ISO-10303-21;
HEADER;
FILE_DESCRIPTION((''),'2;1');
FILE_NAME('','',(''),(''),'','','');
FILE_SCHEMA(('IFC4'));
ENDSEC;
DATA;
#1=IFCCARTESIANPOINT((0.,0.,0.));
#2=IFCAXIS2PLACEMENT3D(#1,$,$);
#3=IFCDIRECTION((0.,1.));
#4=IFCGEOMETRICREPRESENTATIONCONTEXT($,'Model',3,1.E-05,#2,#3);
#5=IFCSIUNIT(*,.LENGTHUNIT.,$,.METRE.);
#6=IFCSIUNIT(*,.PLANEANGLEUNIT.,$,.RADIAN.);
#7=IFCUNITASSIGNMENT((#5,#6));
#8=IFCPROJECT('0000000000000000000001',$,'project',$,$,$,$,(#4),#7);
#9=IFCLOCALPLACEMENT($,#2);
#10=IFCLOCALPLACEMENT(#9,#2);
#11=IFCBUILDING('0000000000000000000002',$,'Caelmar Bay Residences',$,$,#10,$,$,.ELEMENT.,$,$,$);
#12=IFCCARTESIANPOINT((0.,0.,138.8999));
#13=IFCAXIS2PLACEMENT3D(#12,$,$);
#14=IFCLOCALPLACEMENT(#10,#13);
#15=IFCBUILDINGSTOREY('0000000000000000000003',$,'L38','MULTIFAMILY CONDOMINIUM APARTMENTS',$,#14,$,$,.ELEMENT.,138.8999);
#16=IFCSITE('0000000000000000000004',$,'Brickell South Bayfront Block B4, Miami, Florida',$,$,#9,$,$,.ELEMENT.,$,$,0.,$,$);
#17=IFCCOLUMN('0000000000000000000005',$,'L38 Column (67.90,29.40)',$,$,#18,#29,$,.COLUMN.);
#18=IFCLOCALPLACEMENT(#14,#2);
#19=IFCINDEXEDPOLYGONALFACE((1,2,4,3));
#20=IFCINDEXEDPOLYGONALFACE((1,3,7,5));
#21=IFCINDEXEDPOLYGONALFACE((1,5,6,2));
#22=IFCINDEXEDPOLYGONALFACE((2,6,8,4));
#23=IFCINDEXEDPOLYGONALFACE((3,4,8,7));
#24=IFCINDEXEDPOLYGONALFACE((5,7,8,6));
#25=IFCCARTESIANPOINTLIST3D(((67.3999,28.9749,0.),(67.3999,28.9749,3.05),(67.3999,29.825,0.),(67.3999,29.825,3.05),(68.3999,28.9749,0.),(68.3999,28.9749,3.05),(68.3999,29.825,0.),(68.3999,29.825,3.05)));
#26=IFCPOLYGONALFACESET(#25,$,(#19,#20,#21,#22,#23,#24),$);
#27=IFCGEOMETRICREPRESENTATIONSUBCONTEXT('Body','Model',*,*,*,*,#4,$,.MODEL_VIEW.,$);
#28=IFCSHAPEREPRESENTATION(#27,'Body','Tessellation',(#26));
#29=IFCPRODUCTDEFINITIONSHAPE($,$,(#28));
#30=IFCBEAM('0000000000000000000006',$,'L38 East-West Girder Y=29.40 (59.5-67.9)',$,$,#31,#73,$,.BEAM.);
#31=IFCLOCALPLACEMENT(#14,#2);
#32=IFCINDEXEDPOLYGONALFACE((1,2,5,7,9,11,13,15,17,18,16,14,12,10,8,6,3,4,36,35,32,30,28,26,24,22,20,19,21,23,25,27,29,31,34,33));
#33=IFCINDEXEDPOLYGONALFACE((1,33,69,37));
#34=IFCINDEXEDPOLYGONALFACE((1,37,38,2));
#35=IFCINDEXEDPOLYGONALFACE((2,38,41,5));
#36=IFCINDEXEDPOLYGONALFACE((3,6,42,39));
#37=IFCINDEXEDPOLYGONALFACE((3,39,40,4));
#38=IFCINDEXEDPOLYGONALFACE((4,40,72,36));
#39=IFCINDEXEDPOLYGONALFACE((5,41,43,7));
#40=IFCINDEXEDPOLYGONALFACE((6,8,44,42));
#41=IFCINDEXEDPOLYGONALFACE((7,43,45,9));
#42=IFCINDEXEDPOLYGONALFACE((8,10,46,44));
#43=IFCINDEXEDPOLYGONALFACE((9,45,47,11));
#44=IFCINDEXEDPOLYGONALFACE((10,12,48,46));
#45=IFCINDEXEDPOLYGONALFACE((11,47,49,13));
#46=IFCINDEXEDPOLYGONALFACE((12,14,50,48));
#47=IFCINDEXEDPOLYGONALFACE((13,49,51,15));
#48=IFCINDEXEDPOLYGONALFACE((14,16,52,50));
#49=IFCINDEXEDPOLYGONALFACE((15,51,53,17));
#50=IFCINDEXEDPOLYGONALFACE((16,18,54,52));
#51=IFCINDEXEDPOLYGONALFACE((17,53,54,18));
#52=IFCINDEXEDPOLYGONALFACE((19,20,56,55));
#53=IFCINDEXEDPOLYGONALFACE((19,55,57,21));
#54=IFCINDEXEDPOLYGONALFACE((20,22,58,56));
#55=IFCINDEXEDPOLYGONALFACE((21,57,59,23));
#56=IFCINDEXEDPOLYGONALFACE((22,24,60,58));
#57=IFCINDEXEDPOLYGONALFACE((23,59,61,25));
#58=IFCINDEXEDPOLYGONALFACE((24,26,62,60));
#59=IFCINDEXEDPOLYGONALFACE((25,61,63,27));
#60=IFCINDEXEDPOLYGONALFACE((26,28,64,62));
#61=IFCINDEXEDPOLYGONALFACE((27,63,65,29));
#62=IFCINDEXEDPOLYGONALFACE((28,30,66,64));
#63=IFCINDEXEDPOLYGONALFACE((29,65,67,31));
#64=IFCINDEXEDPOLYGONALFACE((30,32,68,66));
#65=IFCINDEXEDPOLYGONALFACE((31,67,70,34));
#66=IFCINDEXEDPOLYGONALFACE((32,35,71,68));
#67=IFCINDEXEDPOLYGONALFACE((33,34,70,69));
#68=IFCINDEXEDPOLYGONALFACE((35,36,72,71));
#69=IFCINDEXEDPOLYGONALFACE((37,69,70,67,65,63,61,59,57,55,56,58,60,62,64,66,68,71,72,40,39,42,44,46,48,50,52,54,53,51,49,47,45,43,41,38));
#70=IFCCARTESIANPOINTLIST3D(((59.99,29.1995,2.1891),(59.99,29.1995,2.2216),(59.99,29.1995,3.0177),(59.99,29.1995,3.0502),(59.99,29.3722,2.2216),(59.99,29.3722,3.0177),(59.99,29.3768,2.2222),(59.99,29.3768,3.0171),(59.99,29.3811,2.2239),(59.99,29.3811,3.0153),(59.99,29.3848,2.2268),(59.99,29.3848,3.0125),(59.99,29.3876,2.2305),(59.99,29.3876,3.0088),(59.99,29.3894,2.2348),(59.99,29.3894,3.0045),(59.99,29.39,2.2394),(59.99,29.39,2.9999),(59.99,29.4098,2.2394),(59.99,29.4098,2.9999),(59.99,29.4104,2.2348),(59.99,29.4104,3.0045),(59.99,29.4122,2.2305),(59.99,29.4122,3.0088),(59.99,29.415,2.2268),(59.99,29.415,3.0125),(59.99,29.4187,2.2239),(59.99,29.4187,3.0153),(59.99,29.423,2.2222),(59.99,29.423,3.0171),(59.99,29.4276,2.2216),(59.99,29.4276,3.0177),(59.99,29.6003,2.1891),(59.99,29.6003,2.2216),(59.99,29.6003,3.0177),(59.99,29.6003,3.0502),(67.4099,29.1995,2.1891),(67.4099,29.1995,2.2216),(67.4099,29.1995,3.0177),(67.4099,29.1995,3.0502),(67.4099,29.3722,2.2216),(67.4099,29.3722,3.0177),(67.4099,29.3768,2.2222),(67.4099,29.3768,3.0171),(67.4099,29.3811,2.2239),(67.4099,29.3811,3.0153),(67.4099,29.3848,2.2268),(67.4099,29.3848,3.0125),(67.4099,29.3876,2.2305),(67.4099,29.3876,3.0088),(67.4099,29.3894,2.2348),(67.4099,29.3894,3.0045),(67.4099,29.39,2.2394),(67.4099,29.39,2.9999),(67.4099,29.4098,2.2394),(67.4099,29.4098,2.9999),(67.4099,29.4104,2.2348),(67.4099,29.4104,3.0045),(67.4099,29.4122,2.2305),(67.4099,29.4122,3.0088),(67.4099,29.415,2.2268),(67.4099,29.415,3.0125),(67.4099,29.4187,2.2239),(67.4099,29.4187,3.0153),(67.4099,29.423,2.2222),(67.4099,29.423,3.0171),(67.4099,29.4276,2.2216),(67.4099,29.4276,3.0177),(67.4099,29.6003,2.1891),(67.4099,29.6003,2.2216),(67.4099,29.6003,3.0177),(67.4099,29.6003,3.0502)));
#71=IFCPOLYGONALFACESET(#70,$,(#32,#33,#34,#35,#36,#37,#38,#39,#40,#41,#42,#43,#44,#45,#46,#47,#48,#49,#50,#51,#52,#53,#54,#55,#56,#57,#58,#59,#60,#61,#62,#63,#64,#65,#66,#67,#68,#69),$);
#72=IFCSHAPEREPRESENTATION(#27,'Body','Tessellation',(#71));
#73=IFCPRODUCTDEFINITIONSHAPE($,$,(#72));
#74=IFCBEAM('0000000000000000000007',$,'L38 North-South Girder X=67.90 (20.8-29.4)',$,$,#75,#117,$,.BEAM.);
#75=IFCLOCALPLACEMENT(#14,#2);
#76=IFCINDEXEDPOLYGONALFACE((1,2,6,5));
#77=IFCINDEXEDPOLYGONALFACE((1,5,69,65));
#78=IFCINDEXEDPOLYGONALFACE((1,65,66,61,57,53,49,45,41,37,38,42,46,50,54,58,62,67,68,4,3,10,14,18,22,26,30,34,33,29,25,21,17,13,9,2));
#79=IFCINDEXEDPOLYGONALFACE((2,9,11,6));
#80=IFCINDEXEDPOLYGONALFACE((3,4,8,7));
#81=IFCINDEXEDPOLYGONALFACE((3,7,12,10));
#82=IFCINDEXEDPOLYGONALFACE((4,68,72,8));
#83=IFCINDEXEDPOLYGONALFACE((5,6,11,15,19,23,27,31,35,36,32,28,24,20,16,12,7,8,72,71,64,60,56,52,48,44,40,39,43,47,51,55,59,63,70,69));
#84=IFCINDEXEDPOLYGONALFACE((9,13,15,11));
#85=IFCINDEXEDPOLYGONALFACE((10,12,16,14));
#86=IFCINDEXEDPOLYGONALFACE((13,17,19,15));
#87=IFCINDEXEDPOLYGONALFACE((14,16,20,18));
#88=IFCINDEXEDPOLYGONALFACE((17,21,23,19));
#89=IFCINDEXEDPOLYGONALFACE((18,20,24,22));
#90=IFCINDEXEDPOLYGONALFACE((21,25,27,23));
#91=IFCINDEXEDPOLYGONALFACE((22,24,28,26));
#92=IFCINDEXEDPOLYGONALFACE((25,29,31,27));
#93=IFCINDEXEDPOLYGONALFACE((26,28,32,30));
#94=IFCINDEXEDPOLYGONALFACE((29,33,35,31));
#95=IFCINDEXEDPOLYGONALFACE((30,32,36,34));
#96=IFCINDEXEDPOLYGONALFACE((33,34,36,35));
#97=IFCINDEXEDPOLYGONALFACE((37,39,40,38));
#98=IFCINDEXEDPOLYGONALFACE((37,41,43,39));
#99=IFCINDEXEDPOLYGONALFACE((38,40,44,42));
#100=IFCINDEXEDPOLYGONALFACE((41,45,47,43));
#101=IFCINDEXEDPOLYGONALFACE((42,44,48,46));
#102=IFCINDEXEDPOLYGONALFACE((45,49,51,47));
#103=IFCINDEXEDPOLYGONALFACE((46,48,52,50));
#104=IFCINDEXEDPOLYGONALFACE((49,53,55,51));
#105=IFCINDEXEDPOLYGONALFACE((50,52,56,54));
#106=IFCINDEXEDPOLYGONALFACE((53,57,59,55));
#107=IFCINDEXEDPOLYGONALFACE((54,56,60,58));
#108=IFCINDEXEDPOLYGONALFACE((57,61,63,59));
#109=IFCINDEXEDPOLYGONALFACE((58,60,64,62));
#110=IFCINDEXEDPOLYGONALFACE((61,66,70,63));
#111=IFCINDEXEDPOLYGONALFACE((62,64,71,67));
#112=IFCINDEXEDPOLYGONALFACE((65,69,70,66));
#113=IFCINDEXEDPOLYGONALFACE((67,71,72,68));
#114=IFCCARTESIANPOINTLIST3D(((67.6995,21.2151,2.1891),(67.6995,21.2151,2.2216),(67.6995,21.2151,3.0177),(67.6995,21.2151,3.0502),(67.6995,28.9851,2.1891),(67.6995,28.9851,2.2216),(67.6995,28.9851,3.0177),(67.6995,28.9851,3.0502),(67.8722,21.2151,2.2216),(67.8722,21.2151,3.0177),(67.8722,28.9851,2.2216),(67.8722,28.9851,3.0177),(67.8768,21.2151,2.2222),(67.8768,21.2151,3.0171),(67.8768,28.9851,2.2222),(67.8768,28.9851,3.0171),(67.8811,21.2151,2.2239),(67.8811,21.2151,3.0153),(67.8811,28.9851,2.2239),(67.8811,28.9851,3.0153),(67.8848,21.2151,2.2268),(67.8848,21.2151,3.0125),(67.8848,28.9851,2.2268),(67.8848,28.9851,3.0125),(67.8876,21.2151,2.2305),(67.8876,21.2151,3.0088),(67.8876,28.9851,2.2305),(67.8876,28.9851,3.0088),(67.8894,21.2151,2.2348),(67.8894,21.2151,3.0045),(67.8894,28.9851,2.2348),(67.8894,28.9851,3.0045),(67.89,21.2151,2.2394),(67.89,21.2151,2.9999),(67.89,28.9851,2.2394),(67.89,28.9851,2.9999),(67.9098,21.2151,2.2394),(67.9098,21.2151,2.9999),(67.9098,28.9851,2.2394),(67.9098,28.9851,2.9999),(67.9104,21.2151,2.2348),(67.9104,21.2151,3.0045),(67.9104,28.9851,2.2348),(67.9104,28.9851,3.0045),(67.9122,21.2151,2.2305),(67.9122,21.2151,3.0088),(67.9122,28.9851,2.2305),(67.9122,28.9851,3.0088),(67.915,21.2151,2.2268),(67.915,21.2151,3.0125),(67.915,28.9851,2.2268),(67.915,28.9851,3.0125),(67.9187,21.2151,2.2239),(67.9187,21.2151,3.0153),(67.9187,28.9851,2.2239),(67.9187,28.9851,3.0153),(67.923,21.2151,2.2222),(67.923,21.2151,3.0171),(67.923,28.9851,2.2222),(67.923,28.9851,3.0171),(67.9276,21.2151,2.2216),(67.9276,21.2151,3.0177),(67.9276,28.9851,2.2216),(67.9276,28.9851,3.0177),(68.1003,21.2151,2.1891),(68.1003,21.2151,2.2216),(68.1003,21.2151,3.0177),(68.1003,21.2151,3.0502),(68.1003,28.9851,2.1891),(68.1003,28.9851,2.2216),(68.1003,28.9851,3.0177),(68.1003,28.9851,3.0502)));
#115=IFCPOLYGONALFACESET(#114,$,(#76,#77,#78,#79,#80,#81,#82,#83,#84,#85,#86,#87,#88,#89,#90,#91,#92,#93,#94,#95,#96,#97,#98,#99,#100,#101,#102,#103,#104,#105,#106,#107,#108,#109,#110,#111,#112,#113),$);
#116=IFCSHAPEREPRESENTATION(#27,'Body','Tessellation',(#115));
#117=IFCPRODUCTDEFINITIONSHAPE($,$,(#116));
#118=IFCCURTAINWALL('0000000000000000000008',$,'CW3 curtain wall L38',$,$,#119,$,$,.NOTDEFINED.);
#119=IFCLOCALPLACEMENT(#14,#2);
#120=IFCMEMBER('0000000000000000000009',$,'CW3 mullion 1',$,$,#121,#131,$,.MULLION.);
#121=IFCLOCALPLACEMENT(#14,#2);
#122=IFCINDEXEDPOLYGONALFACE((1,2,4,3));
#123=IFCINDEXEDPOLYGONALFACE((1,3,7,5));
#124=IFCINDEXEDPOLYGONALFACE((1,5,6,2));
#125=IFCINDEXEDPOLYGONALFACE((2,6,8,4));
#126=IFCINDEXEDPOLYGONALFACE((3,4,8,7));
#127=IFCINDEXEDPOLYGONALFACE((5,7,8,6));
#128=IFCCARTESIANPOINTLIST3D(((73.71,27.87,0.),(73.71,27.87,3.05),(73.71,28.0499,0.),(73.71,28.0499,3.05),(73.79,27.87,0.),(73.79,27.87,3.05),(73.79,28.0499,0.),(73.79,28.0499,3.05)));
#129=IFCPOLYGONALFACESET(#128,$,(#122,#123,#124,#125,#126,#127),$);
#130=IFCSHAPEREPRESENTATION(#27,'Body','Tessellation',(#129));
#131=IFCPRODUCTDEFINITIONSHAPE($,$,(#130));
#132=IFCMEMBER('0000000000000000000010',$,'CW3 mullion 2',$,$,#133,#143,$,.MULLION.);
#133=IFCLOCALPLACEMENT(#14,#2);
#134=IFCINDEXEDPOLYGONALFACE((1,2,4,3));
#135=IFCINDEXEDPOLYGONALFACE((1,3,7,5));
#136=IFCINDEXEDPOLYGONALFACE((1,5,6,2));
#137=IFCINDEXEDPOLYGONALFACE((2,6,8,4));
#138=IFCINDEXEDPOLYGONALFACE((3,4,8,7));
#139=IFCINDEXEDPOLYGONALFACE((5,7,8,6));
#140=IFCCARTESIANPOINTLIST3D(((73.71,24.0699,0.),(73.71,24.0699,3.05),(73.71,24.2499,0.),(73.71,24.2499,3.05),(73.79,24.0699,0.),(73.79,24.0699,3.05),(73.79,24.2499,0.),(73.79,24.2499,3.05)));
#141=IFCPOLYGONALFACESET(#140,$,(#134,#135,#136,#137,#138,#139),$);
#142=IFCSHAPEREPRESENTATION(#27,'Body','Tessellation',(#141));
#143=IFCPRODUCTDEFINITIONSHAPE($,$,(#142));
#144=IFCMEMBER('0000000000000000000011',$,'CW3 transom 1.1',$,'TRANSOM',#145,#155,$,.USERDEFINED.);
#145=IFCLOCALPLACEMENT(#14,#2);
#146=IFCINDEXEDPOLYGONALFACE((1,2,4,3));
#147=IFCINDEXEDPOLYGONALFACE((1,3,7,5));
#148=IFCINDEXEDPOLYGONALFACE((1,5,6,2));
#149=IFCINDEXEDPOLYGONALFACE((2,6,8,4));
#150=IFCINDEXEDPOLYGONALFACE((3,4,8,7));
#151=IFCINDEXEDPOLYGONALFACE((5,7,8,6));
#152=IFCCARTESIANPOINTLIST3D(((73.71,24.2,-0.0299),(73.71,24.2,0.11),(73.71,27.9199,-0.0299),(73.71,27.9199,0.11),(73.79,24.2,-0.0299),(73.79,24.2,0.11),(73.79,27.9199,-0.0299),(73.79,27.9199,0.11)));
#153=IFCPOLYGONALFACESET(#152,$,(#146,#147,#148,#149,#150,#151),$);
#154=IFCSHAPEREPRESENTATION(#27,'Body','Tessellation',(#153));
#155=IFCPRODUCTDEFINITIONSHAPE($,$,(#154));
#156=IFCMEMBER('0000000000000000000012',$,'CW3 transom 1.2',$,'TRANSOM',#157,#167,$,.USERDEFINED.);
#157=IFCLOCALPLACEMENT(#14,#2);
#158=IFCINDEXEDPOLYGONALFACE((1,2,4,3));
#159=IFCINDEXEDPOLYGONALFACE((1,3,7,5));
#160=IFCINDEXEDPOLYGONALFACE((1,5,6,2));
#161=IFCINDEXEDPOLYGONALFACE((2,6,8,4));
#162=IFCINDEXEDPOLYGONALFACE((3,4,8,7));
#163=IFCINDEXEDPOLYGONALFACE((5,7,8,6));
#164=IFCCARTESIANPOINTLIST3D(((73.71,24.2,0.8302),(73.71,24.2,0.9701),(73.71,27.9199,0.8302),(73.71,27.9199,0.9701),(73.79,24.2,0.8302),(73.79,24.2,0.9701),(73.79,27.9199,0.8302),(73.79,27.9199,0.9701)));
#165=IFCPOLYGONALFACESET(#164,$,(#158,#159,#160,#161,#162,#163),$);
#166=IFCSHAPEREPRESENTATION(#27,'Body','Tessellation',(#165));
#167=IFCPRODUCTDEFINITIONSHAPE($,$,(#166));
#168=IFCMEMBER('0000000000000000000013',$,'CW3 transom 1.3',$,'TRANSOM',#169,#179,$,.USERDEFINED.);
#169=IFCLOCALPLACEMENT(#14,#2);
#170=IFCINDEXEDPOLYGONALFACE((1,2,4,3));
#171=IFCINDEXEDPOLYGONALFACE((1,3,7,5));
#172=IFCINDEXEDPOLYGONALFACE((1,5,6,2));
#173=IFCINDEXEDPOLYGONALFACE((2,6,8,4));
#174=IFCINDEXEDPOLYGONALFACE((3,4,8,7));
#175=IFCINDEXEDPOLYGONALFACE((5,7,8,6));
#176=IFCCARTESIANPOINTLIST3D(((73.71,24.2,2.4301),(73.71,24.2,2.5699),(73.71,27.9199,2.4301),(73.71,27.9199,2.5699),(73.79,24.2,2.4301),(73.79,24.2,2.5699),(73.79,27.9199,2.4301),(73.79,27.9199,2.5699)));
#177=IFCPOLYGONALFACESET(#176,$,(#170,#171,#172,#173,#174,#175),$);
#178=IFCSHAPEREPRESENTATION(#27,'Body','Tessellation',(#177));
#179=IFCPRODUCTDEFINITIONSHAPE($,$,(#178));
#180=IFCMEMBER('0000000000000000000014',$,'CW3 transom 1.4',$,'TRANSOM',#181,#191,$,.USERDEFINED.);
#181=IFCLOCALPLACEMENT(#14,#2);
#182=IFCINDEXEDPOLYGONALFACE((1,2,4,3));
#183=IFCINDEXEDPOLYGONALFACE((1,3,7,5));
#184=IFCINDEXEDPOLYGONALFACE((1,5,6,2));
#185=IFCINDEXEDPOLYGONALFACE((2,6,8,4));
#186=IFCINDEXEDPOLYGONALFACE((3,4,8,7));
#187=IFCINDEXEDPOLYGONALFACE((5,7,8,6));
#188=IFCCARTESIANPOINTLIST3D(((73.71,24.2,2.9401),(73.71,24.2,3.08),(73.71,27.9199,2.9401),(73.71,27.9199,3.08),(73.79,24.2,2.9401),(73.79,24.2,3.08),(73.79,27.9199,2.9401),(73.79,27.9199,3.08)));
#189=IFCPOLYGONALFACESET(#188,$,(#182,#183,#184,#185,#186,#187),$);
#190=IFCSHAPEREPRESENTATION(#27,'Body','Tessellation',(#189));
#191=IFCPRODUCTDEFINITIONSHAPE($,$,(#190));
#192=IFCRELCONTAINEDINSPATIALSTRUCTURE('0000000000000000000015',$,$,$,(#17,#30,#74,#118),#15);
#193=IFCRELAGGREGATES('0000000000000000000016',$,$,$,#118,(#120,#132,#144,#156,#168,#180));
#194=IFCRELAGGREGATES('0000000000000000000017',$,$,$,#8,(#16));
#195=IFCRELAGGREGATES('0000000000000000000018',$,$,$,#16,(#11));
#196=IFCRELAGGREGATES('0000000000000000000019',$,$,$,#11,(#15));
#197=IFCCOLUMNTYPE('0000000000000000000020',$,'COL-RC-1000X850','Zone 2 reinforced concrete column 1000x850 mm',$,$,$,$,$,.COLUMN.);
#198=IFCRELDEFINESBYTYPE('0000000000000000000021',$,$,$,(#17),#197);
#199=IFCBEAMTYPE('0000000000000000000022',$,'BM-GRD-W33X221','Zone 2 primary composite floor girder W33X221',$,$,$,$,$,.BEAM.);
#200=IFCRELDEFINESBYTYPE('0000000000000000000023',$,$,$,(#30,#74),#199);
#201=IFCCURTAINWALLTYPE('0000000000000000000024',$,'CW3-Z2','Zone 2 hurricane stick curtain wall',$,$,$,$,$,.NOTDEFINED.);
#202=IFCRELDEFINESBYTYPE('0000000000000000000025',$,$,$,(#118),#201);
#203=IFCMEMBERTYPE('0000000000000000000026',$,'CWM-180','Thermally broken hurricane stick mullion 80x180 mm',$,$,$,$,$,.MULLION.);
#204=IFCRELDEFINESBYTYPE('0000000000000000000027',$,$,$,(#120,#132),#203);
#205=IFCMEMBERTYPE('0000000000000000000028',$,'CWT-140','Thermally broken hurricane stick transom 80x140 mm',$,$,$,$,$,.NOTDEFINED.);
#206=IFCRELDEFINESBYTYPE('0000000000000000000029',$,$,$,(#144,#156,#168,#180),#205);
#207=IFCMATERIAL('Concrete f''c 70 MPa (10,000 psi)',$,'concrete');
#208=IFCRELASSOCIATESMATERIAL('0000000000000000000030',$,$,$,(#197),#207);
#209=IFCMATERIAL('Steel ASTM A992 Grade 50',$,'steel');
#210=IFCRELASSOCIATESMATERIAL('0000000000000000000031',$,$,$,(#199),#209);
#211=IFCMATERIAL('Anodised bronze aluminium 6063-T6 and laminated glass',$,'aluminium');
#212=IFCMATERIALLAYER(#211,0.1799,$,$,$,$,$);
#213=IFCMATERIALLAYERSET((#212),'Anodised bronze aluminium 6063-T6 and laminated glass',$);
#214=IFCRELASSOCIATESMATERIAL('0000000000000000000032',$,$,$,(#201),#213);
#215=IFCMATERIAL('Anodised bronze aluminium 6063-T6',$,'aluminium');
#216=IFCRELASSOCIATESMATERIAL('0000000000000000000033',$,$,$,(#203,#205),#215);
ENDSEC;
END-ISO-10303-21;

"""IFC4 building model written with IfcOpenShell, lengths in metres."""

from ifc_helpers import new_model, si_unit, direction, frame, origin, origin_2d, place, context, subcontext, project, spatial, rectangle, i_section, extrude, material, layer, layer_set, material_profile, profile_set, type_object, element, aggregate, save


model = new_model("IFC4")

# Units and contexts
model_context = context("Model", 3, precision=1e-05, world=origin(), true_north=direction((0.0, 1.0)))
body_context = subcontext(model_context, "Body", "Model", "MODEL_VIEW")
ifc_project = project(units=[si_unit("LENGTHUNIT", "METRE"), si_unit("PLANEANGLEUNIT", "RADIAN")], contexts=[model_context])

# Site, building, storey
site_placement = place(None, origin())
site = spatial("IfcSite", under=ifc_project, at=site_placement, Name="Brickell South Bayfront Block B4, Miami, Florida", CompositionType="ELEMENT", RefElevation=0.0)
building_placement = place(site_placement, origin())
building = spatial("IfcBuilding", under=site, at=building_placement, Name="Caelmar Bay Residences", CompositionType="ELEMENT")
storey_placement = place(building_placement, frame((0.0, 0.0, 138.8999)))
storey = spatial("IfcBuildingStorey", under=building, at=storey_placement, Name="L38", Description="MULTIFAMILY CONDOMINIUM APARTMENTS", CompositionType="ELEMENT", Elevation=138.8999)

# Column
ifc_material_1 = material(Name="Concrete f'c 70 MPa (10,000 psi)", Category="concrete")
ifc_material_profile_1 = material_profile(ifc_material_1, rectangle(XDim=1.0, YDim=0.8501, at=origin_2d()), Name="RC-COL-1000X850")
ifc_profile_set_1 = profile_set([ifc_material_profile_1], Name="Concrete f'c 70 MPa (10,000 psi)")
column_type = type_object("IfcColumnType", Name="COL-RC-1000X850", Description="Zone 2 reinforced concrete column 1000x850 mm", PredefinedType="COLUMN", material=ifc_profile_set_1)
column_placement = place(storey_placement, frame((67.8999, 29.3999, 0.0), z_axis=(0.0, 0.0, 1.0), x_axis=(1.0, 0.0, 0.0)))
element("IfcColumn", 1, at=column_placement, inside=storey, type_object=column_type, Name="L38 Column (67.90,29.40)", PredefinedType="COLUMN", context=body_context, shape_type="SweptSolid", body=[
    extrude(rectangle(XDim=1.0, YDim=0.8501, at=origin_2d()), origin(), (0.0, 0.0, 1.0), 3.05),
])

# Beams
ifc_material_2 = material(Name="Steel ASTM A992 Grade 50", Category="steel")
ifc_material_profile_2 = material_profile(ifc_material_2, i_section(OverallWidth=0.4009, OverallDepth=0.8611, WebThickness=0.0198, FlangeThickness=0.0325, FilletRadius=0.0178, at=origin_2d()), Name="W33X221")
ifc_profile_set_2 = profile_set([ifc_material_profile_2], Name="Steel ASTM A992 Grade 50")
beam_type = type_object("IfcBeamType", Name="BM-GRD-W33X221", Description="Zone 2 primary composite floor girder W33X221", PredefinedType="BEAM", material=ifc_profile_set_2)
beam_1_placement = place(storey_placement, frame((59.99, 29.3999, 2.6196), z_axis=(1.0, 0.0, 0.0), x_axis=(0.0, 1.0, 0.0)))
element("IfcBeam", 2, at=beam_1_placement, inside=storey, type_object=beam_type, Name="L38 East-West Girder Y=29.40 (59.5-67.9)", PredefinedType="BEAM", context=body_context, shape_type="SweptSolid", body=[
    extrude(i_section(OverallWidth=0.4009, OverallDepth=0.8611, WebThickness=0.0198, FlangeThickness=0.0325, FilletRadius=0.0178, at=origin_2d()), origin(), (0.0, 0.0, 1.0), 7.4199),
])
beam_2_placement = place(storey_placement, frame((67.8999, 21.2151, 2.6196), z_axis=(0.0, 1.0, 0.0), x_axis=(-1.0, 0.0, 0.0)))
element("IfcBeam", 3, at=beam_2_placement, inside=storey, type_object=beam_type, Name="L38 North-South Girder X=67.90 (20.8-29.4)", PredefinedType="BEAM", context=body_context, shape_type="SweptSolid", body=[
    extrude(i_section(OverallWidth=0.4009, OverallDepth=0.8611, WebThickness=0.0198, FlangeThickness=0.0325, FilletRadius=0.0178, at=origin_2d()), origin(), (0.0, 0.0, 1.0), 7.77),
])

# Curtain wall, members
ifc_material_3 = material(Name="Anodised bronze aluminium 6063-T6 and laminated glass", Category="aluminium")
ifc_layer_1 = layer(ifc_material_3, 0.1799)
ifc_layer_set_1 = layer_set([ifc_layer_1], Name="Anodised bronze aluminium 6063-T6 and laminated glass")
curtain_wall_type = type_object("IfcCurtainWallType", Name="CW3-Z2", Description="Zone 2 hurricane stick curtain wall", PredefinedType="NOTDEFINED", material=ifc_layer_set_1)
curtain_wall_placement = place(storey_placement, origin())
curtain_wall = element("IfcCurtainWall", 4, at=curtain_wall_placement, inside=storey, type_object=curtain_wall_type, Name="CW3 curtain wall L38", PredefinedType="NOTDEFINED")
ifc_material_4 = material(Name="Anodised bronze aluminium 6063-T6", Category="aluminium")
ifc_material_profile_3 = material_profile(ifc_material_4, rectangle(XDim=0.0801, YDim=0.1799, at=origin_2d()), Name="CWM-80X180")
ifc_profile_set_3 = profile_set([ifc_material_profile_3], Name="Anodised bronze aluminium 6063-T6")
member_type_1 = type_object("IfcMemberType", Name="CWM-180", Description="Thermally broken hurricane stick mullion 80x180 mm", PredefinedType="MULLION", material=ifc_profile_set_3)
member_1_placement = place(storey_placement, frame((73.75, 27.96, 0.0), z_axis=(0.0, 0.0, 1.0), x_axis=(1.0, 0.0, 0.0)))
member_1 = element("IfcMember", 5, at=member_1_placement, type_object=member_type_1, Name="CW3 mullion 1", PredefinedType="MULLION", context=body_context, shape_type="SweptSolid", body=[
    extrude(rectangle(XDim=0.0801, YDim=0.1799, at=origin_2d()), origin(), (0.0, 0.0, 1.0), 3.05),
])
member_2_placement = place(storey_placement, frame((73.75, 24.1599, 0.0), z_axis=(0.0, 0.0, 1.0), x_axis=(1.0, 0.0, 0.0)))
member_2 = element("IfcMember", 6, at=member_2_placement, type_object=member_type_1, Name="CW3 mullion 2", PredefinedType="MULLION", context=body_context, shape_type="SweptSolid", body=[
    extrude(rectangle(XDim=0.0801, YDim=0.1799, at=origin_2d()), origin(), (0.0, 0.0, 1.0), 3.05),
])
ifc_material_profile_4 = material_profile(ifc_material_4, rectangle(XDim=0.0801, YDim=0.1399, at=origin_2d()), Name="CWT-80X140")
ifc_profile_set_4 = profile_set([ifc_material_profile_4], Name="Anodised bronze aluminium 6063-T6")
member_type_2 = type_object("IfcMemberType", Name="CWT-140", Description="Thermally broken hurricane stick transom 80x140 mm", PredefinedType="NOTDEFINED", material=ifc_profile_set_4)
member_3_placement = place(storey_placement, frame((73.75, 27.9199, 0.04), z_axis=(0.0, -1.0, 0.0), x_axis=(1.0, 0.0, 0.0)))
member_3 = element("IfcMember", 7, at=member_3_placement, type_object=member_type_2, Name="CW3 transom 1.1", ObjectType="TRANSOM", PredefinedType="USERDEFINED", context=body_context, shape_type="SweptSolid", body=[
    extrude(rectangle(XDim=0.0801, YDim=0.1399, at=origin_2d()), origin(), (0.0, 0.0, 1.0), 3.72),
])
member_4_placement = place(storey_placement, frame((73.75, 27.9199, 0.9001), z_axis=(0.0, -1.0, 0.0), x_axis=(1.0, 0.0, 0.0)))
member_4 = element("IfcMember", 8, at=member_4_placement, type_object=member_type_2, Name="CW3 transom 1.2", ObjectType="TRANSOM", PredefinedType="USERDEFINED", context=body_context, shape_type="SweptSolid", body=[
    extrude(rectangle(XDim=0.0801, YDim=0.1399, at=origin_2d()), origin(), (0.0, 0.0, 1.0), 3.72),
])
member_5_placement = place(storey_placement, frame((73.75, 27.9199, 2.5), z_axis=(0.0, -1.0, 0.0), x_axis=(1.0, 0.0, 0.0)))
member_5 = element("IfcMember", 9, at=member_5_placement, type_object=member_type_2, Name="CW3 transom 1.3", ObjectType="TRANSOM", PredefinedType="USERDEFINED", context=body_context, shape_type="SweptSolid", body=[
    extrude(rectangle(XDim=0.0801, YDim=0.1399, at=origin_2d()), origin(), (0.0, 0.0, 1.0), 3.72),
])
member_6_placement = place(storey_placement, frame((73.75, 27.9199, 3.01), z_axis=(0.0, -1.0, 0.0), x_axis=(1.0, 0.0, 0.0)))
member_6 = element("IfcMember", 10, at=member_6_placement, type_object=member_type_2, Name="CW3 transom 1.4", ObjectType="TRANSOM", PredefinedType="USERDEFINED", context=body_context, shape_type="SweptSolid", body=[
    extrude(rectangle(XDim=0.0801, YDim=0.1399, at=origin_2d()), origin(), (0.0, 0.0, 1.0), 3.72),
])
aggregate(curtain_wall, [member_1, member_2, member_3, member_4, member_5, member_6])

save(model, "model.ifc")
